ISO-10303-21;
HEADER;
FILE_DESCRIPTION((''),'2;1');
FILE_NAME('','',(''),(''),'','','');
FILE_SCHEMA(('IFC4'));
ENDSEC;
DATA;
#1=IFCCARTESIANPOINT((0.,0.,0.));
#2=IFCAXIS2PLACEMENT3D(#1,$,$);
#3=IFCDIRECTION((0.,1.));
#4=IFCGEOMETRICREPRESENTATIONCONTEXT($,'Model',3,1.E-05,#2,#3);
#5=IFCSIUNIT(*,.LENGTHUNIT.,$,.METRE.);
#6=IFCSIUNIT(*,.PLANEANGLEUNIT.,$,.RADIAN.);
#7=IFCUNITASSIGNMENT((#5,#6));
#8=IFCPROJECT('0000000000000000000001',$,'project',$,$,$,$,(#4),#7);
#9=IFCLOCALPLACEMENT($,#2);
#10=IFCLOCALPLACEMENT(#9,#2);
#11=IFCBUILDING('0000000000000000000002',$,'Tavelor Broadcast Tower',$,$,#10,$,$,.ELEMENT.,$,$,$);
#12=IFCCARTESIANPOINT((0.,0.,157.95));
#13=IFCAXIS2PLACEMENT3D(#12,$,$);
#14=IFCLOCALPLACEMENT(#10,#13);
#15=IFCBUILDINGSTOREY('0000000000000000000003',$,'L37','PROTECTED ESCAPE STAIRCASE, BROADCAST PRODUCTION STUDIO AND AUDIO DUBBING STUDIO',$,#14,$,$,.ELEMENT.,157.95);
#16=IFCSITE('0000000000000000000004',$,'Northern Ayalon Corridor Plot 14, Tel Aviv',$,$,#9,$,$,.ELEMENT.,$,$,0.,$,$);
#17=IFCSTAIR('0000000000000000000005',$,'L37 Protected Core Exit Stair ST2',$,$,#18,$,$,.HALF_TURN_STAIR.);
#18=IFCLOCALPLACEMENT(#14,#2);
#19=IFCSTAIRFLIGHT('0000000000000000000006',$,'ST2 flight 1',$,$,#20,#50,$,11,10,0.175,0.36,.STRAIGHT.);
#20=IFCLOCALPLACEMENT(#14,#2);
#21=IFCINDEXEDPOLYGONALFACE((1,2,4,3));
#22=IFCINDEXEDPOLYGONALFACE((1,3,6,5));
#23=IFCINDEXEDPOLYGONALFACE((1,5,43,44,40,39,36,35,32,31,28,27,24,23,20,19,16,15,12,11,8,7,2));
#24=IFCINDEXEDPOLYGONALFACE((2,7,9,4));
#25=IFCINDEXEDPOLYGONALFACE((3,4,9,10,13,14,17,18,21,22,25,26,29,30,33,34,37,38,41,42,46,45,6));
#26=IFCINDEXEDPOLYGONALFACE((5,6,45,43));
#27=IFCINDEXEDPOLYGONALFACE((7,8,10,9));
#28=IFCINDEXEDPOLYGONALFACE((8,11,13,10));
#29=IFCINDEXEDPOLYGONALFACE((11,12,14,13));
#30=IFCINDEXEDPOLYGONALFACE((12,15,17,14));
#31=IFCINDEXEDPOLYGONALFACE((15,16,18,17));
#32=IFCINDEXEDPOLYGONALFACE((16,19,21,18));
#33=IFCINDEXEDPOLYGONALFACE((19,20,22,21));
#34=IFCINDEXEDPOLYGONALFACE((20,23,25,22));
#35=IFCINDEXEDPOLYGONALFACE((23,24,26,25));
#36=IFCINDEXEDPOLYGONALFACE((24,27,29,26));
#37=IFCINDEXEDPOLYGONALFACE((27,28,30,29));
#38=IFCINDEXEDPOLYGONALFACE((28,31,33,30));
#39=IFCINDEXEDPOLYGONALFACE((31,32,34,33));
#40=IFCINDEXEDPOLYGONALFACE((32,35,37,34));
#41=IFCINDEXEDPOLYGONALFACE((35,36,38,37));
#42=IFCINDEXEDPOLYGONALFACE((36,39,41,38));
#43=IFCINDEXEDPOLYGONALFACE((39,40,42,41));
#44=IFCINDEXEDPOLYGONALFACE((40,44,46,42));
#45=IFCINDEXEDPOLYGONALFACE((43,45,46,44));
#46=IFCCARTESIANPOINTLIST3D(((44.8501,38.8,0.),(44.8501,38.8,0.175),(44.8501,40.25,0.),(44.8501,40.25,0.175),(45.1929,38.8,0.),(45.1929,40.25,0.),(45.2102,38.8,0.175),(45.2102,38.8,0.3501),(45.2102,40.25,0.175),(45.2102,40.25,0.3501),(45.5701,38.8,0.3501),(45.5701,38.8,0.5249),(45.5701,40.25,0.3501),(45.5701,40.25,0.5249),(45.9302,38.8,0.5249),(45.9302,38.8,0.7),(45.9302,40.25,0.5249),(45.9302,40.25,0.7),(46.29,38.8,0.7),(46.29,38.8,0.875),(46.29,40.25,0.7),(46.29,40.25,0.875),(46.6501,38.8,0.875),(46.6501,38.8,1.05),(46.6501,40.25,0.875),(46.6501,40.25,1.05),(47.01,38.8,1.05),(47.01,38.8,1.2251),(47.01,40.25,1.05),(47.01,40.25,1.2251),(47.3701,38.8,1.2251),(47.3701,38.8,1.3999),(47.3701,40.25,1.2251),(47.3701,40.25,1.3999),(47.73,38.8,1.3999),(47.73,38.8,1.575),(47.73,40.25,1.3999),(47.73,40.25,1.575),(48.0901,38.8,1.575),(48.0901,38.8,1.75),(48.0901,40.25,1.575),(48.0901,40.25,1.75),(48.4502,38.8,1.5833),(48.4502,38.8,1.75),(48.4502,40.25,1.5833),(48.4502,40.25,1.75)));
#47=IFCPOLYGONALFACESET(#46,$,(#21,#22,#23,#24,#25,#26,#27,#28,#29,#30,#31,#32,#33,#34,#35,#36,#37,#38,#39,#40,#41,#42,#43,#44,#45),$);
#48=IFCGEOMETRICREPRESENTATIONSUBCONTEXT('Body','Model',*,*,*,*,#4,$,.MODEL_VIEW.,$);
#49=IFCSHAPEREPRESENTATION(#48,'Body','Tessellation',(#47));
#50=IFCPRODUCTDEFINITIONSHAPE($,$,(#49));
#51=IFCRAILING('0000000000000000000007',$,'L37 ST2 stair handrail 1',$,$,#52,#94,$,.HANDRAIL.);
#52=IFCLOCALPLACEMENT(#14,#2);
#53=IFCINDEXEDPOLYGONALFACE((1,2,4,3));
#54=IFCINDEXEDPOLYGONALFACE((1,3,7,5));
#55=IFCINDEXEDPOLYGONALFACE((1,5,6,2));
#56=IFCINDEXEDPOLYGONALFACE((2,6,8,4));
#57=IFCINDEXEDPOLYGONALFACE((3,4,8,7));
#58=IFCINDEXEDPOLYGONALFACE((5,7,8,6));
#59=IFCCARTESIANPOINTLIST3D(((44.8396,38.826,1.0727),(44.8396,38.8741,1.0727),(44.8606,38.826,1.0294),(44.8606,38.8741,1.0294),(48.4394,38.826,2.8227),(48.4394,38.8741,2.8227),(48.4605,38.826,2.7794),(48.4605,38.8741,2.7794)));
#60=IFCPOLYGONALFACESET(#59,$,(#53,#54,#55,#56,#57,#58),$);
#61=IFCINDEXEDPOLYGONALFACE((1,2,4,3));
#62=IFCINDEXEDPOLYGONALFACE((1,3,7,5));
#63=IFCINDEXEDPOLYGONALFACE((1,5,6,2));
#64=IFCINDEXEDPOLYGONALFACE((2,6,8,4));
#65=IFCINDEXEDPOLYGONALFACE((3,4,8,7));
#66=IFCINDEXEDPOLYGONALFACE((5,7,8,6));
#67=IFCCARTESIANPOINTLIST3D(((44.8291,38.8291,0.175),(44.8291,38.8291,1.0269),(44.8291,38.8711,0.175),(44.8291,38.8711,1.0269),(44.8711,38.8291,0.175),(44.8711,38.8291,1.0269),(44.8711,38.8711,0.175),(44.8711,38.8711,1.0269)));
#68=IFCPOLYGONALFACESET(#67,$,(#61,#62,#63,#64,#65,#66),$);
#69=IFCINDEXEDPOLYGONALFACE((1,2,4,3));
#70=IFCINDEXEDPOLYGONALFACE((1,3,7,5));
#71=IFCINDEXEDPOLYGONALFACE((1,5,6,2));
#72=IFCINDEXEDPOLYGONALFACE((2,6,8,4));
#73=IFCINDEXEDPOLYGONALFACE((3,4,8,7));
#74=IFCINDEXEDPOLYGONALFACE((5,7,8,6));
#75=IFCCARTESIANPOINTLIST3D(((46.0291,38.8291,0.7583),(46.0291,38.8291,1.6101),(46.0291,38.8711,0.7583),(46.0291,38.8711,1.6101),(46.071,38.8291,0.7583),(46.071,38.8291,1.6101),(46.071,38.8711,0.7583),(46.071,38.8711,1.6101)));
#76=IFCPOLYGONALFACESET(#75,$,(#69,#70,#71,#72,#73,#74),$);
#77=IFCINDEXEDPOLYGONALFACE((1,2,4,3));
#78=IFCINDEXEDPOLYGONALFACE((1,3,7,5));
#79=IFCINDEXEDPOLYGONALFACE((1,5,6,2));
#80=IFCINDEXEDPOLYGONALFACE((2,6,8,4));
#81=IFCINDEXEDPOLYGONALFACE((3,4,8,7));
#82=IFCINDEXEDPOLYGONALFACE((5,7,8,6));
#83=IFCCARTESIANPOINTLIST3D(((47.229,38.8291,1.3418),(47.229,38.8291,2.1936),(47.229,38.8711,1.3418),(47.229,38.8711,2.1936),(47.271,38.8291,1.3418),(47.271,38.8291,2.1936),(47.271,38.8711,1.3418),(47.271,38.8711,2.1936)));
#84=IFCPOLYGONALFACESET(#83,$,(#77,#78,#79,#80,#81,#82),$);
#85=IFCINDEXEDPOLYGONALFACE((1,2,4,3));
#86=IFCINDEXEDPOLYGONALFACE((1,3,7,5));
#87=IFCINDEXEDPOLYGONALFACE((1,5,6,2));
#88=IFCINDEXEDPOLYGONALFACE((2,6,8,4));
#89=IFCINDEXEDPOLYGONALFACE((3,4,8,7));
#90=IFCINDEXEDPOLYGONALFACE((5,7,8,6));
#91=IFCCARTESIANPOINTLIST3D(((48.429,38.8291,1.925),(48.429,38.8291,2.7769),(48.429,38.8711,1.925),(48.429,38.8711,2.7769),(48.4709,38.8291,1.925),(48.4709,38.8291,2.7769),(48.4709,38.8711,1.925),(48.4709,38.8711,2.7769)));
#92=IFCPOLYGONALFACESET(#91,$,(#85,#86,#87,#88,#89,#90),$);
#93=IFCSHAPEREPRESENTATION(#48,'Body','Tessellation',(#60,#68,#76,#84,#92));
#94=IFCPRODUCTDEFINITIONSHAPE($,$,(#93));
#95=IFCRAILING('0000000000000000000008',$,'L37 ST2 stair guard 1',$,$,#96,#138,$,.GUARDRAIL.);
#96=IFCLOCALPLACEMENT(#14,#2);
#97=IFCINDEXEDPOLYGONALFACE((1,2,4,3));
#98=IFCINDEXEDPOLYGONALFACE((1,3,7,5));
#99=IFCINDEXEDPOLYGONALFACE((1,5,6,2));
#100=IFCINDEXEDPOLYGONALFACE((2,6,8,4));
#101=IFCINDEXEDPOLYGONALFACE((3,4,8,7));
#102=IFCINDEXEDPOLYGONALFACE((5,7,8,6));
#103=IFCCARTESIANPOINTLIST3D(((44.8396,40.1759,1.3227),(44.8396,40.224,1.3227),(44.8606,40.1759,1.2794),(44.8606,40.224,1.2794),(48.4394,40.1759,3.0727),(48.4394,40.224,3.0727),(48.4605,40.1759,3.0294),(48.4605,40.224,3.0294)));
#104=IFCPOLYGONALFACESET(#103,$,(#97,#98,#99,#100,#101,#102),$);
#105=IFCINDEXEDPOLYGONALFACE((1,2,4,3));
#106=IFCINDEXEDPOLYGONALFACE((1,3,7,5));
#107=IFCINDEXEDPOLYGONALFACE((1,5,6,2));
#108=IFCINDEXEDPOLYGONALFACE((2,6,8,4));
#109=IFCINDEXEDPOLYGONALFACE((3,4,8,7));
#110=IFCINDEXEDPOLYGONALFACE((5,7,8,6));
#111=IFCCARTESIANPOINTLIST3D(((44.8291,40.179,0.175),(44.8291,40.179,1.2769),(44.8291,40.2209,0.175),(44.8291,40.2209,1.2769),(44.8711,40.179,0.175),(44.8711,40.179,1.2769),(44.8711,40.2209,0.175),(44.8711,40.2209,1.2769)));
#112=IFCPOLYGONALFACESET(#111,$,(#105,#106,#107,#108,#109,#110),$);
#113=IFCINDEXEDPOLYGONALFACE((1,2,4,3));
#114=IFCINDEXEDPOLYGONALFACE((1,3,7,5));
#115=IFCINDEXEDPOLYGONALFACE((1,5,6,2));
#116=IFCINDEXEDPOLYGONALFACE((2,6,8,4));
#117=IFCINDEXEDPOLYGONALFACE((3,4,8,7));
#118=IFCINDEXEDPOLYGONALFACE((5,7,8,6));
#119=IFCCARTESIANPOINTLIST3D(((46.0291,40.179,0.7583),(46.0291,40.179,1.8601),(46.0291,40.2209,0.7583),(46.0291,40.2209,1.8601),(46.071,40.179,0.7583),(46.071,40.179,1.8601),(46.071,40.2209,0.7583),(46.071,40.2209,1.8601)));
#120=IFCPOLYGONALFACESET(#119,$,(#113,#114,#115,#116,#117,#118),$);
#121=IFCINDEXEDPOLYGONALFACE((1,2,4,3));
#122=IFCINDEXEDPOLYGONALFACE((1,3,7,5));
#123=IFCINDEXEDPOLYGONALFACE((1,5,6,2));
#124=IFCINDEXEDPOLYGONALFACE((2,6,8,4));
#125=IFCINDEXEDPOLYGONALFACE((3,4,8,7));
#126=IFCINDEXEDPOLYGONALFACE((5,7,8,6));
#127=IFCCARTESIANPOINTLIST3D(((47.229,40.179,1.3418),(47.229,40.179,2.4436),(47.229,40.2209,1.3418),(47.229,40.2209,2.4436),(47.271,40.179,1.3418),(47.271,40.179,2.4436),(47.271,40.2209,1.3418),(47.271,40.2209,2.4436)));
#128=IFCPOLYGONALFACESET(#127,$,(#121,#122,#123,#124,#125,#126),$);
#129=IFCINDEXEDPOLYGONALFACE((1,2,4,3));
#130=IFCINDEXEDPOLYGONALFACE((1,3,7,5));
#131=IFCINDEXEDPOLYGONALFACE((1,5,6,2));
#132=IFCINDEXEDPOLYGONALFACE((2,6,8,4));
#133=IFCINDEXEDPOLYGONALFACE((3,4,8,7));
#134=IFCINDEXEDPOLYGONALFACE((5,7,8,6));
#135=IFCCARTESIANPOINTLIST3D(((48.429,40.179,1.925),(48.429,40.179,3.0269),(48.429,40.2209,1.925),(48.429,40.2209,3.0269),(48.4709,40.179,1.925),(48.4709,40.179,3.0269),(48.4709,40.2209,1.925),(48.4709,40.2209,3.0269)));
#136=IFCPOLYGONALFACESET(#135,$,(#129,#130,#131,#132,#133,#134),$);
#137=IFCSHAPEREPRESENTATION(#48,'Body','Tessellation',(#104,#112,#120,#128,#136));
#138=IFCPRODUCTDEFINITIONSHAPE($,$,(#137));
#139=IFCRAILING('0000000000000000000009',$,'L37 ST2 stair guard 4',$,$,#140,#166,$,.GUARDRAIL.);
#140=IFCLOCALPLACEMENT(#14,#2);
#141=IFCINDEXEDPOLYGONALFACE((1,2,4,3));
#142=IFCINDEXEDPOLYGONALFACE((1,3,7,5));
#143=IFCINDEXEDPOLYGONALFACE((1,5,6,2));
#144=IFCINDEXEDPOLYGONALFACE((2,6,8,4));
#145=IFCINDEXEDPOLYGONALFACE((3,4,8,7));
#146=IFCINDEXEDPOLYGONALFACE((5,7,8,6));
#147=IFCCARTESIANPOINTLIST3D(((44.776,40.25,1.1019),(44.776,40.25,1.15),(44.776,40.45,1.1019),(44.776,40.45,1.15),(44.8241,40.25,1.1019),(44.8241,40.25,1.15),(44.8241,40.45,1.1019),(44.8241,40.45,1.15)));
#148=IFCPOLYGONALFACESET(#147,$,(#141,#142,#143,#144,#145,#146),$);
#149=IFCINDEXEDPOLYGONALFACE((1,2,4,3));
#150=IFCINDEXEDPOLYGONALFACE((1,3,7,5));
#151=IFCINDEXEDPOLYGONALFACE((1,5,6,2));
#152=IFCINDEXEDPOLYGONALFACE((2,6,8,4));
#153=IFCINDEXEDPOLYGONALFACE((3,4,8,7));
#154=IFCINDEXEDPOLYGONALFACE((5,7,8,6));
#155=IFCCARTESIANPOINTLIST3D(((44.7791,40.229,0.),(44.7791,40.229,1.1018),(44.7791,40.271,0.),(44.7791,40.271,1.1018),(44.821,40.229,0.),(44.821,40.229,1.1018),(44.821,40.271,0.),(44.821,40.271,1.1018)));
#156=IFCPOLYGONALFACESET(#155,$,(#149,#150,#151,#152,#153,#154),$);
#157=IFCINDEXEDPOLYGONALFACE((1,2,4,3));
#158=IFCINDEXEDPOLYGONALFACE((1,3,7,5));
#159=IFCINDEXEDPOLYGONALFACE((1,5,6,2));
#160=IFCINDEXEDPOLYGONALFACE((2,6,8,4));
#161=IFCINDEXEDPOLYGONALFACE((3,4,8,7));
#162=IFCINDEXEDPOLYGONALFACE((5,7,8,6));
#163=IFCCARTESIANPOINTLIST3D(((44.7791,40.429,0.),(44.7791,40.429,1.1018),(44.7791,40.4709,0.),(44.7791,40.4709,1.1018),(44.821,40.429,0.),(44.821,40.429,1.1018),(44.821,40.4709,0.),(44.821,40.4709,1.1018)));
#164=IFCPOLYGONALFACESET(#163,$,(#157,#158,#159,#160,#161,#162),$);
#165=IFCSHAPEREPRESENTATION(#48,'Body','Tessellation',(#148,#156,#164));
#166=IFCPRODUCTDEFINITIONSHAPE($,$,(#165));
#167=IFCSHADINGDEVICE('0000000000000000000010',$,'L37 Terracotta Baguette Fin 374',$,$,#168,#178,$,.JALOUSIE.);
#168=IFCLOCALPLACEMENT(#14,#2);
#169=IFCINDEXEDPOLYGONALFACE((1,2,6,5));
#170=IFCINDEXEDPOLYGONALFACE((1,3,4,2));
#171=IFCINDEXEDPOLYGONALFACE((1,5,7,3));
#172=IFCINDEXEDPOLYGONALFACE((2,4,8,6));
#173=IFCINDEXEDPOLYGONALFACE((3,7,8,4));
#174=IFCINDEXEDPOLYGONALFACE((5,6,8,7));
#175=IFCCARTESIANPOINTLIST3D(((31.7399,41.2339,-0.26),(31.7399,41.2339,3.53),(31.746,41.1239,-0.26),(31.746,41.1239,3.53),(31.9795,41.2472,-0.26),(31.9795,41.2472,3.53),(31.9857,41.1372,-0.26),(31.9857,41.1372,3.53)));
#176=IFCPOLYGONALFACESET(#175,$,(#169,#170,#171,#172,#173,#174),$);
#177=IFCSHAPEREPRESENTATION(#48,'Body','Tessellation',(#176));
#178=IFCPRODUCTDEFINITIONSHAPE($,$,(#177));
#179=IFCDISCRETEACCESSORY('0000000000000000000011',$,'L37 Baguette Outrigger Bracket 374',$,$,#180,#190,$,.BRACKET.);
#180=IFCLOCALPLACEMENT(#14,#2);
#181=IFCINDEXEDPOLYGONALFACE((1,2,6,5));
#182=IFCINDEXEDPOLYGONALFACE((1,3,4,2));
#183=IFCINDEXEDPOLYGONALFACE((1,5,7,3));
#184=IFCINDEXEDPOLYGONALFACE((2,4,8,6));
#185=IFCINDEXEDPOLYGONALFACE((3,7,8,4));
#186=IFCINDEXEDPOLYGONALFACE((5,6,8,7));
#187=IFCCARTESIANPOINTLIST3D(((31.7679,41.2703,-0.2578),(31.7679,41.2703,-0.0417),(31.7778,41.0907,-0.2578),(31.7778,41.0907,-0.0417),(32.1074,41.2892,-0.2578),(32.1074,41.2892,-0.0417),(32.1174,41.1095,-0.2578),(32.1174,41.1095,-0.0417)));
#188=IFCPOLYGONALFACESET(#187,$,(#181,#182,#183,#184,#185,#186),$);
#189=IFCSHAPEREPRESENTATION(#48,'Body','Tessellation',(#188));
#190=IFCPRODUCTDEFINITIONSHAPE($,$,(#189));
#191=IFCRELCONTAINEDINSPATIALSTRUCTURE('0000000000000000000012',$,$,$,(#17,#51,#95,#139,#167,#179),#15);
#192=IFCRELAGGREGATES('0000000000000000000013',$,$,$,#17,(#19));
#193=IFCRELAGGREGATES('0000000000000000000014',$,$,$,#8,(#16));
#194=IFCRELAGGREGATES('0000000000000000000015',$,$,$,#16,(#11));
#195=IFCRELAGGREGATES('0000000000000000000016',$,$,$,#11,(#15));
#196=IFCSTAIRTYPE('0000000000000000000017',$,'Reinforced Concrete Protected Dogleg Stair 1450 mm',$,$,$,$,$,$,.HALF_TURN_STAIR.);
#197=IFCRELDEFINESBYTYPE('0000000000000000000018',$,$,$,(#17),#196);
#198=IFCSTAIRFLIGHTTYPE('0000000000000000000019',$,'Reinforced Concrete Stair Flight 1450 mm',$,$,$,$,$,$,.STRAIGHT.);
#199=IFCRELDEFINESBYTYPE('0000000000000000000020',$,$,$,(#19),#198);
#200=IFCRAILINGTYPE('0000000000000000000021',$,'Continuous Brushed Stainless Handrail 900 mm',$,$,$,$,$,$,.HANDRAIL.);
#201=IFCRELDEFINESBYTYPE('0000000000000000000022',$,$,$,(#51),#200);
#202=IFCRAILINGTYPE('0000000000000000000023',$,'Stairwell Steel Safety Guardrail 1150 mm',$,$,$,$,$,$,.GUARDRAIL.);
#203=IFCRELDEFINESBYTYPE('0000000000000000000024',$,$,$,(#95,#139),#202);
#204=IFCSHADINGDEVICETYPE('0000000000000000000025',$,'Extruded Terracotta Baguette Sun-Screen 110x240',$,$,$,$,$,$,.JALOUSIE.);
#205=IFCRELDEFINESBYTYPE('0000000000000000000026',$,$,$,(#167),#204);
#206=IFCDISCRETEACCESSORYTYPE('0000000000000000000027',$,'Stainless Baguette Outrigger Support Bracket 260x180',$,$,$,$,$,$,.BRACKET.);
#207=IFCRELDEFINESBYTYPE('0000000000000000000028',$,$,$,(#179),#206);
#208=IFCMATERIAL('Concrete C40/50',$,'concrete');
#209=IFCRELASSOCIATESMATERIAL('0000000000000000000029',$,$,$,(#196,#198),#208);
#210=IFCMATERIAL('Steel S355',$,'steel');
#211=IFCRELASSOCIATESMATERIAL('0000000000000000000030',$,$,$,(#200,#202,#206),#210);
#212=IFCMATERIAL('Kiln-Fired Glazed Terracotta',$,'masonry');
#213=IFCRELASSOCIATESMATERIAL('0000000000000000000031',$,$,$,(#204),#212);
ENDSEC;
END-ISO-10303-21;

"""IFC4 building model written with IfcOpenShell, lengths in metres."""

from ifc_helpers import new_model, si_unit, direction, frame, origin, origin_2d, place, context, subcontext, project, spatial, polyline, rectangle, outline, extrude, source, transform, mapped, material, type_object, type_shapes, element, aggregate, save


model = new_model("IFC4")

# Units and contexts
model_context = context("Model", 3, precision=1e-05, world=origin(), true_north=direction((0.0, 1.0)))
body_context = subcontext(model_context, "Body", "Model", "MODEL_VIEW")
ifc_project = project(units=[si_unit("LENGTHUNIT", "METRE"), si_unit("PLANEANGLEUNIT", "RADIAN")], contexts=[model_context])

# Site, building, storey
site_placement = place(None, origin())
site = spatial("IfcSite", under=ifc_project, at=site_placement, Name="Northern Ayalon Corridor Plot 14, Tel Aviv", CompositionType="ELEMENT", RefElevation=0.0)
building_placement = place(site_placement, origin())
building = spatial("IfcBuilding", under=site, at=building_placement, Name="Tavelor Broadcast Tower", CompositionType="ELEMENT")
storey_placement = place(building_placement, frame((0.0, 0.0, 157.95)))
storey = spatial("IfcBuildingStorey", under=building, at=storey_placement, Name="L37", Description="PROTECTED ESCAPE STAIRCASE, BROADCAST PRODUCTION STUDIO AND AUDIO DUBBING STUDIO", CompositionType="ELEMENT", Elevation=157.95)

# Shared definitions
ifc_material_1 = material(Name="Concrete C40/50", Category="concrete")
ifc_material_2 = material(Name="Steel S355", Category="steel")

# Stair, stair flight
stair_type = type_object("IfcStairType", Name="Reinforced Concrete Protected Dogleg Stair 1450 mm", PredefinedType="HALF_TURN_STAIR", material=ifc_material_1)
stair_placement = place(storey_placement, origin())
stair = element("IfcStair", 1, at=stair_placement, inside=storey, type_object=stair_type, Name="L37 Protected Core Exit Stair ST2", PredefinedType="HALF_TURN_STAIR")
stair_flight_type = type_object("IfcStairFlightType", Name="Reinforced Concrete Stair Flight 1450 mm", PredefinedType="STRAIGHT", material=ifc_material_1)
stair_flight_placement = place(storey_placement, frame((44.8501, 39.5249, 0.0), z_axis=(0.0, 0.0, 1.0), x_axis=(1.0, 0.0, 0.0)))
stair_flight = element("IfcStairFlight", 2, at=stair_flight_placement, type_object=stair_flight_type, Name="ST2 flight 1", NumberOfRisers=11, NumberOfTreads=10, PredefinedType="STRAIGHT", RiserHeight=0.175, TreadLength=0.36, context=body_context, shape_type="SweptSolid", body=[
    extrude(outline(polyline([(0.0, 0.0), (0.0, 0.175), (0.3601, 0.175), (0.3601, 0.3501), (0.72, 0.3501), (0.72, 0.5249), (1.0801, 0.5249), (1.0801, 0.7), (1.4399, 0.7), (1.4399, 0.875), (1.8, 0.875), (1.8, 1.05), (2.1599, 1.05), (2.1599, 1.2251), (2.52, 1.2251), (2.52, 1.3999), (2.8799, 1.3999), (2.8799, 1.575), (3.24, 1.575), (3.24, 1.75), (3.6001, 1.75), (3.6001, 1.925), (3.6001, 1.5833), (0.3428, 0.0), (0.0, 0.0)])), frame((0.0, 0.7251, 0.0), z_axis=(0.0, -1.0, 0.0), x_axis=(1.0, 0.0, 0.0)), (0.0, 0.0, 1.0), 1.45),
])
aggregate(stair, [stair_flight])

# Railings
railing_type_1 = type_object("IfcRailingType", Name="Continuous Brushed Stainless Handrail 900 mm", PredefinedType="HANDRAIL", material=ifc_material_2)
railing_1_placement = place(storey_placement, frame((44.8501, 38.8501, 0.175)))
element("IfcRailing", 3, at=railing_1_placement, inside=storey, type_object=railing_type_1, Name="L37 ST2 stair handrail 1", PredefinedType="HANDRAIL", context=body_context, shape_type="SweptSolid", body=[
    extrude(rectangle(XDim=0.0481, YDim=0.0481, at=origin_2d()), frame((0.0, 0.0, 0.876), z_axis=(0.899361, 0.0, 0.437207), x_axis=(0.0, 1.0, 0.0)), (0.0, 0.0, 1.0), 4.0027),
    extrude(rectangle(XDim=0.042, YDim=0.042, at=origin_2d()), origin(), (0.0, 0.0, 1.0), 0.8518),
    extrude(rectangle(XDim=0.042, YDim=0.042, at=origin_2d()), frame((1.2, 0.0, 0.5833)), (0.0, 0.0, 1.0), 0.8518),
    extrude(rectangle(XDim=0.042, YDim=0.042, at=origin_2d()), frame((2.3999, 0.0, 1.1667)), (0.0, 0.0, 1.0), 0.8518),
    extrude(rectangle(XDim=0.042, YDim=0.042, at=origin_2d()), frame((3.5999, 0.0, 1.75)), (0.0, 0.0, 1.0), 0.8518),
])
railing_type_2 = type_object("IfcRailingType", Name="Stairwell Steel Safety Guardrail 1150 mm", PredefinedType="GUARDRAIL", material=ifc_material_2)
railing_2_placement = place(storey_placement, frame((44.8501, 40.2, 0.175)))
element("IfcRailing", 4, at=railing_2_placement, inside=storey, type_object=railing_type_2, Name="L37 ST2 stair guard 1", PredefinedType="GUARDRAIL", context=body_context, shape_type="SweptSolid", body=[
    extrude(rectangle(XDim=0.0481, YDim=0.0481, at=origin_2d()), frame((0.0, 0.0, 1.126), z_axis=(0.899361, 0.0, 0.437207), x_axis=(0.0, 1.0, 0.0)), (0.0, 0.0, 1.0), 4.0027),
    extrude(rectangle(XDim=0.042, YDim=0.042, at=origin_2d()), origin(), (0.0, 0.0, 1.0), 1.1018),
    extrude(rectangle(XDim=0.042, YDim=0.042, at=origin_2d()), frame((1.2, 0.0, 0.5833)), (0.0, 0.0, 1.0), 1.1018),
    extrude(rectangle(XDim=0.042, YDim=0.042, at=origin_2d()), frame((2.3999, 0.0, 1.1667)), (0.0, 0.0, 1.0), 1.1018),
    extrude(rectangle(XDim=0.042, YDim=0.042, at=origin_2d()), frame((3.5999, 0.0, 1.75)), (0.0, 0.0, 1.0), 1.1018),
])
railing_3_placement = place(storey_placement, frame((44.8, 40.25, 0.0)))
element("IfcRailing", 5, at=railing_3_placement, inside=storey, type_object=railing_type_2, Name="L37 ST2 stair guard 4", PredefinedType="GUARDRAIL", context=body_context, shape_type="SweptSolid", body=[
    extrude(rectangle(XDim=0.0481, YDim=0.0481, at=origin_2d()), frame((0.0, 0.0, 1.126), z_axis=(0.0, 1.0, 0.0), x_axis=(-1.0, 0.0, 0.0)), (0.0, 0.0, 1.0), 0.2),
    extrude(rectangle(XDim=0.042, YDim=0.042, at=origin_2d()), origin(), (0.0, 0.0, 1.0), 1.1018),
    extrude(rectangle(XDim=0.042, YDim=0.042, at=origin_2d()), frame((0.0, 0.2, 0.0)), (0.0, 0.0, 1.0), 1.1018),
])

# Shading device
ifc_material_3 = material(Name="Kiln-Fired Glazed Terracotta", Category="masonry")
shading_device_type = type_object("IfcShadingDeviceType", Name="Extruded Terracotta Baguette Sun-Screen 110x240", PredefinedType="JALOUSIE", material=ifc_material_3)
shared_shape_1 = source(origin(), body_context, "Body", "SweptSolid", [
    extrude(rectangle(XDim=0.1101, YDim=0.24, at=origin_2d()), origin(), (0.0, 0.0, 1.0), 3.79),
])
type_shapes(shading_device_type, [shared_shape_1])
shading_device_placement = place(storey_placement, frame((31.8628, 41.1855, -0.26), z_axis=(0.0, 0.0, 1.0), x_axis=(0.055473, -0.99846, 0.0)))
element("IfcShadingDevice", 6, at=shading_device_placement, inside=storey, type_object=shading_device_type, Name="L37 Terracotta Baguette Fin 374", PredefinedType="JALOUSIE", context=body_context, shape_type="MappedRepresentation", body=[
    mapped(shared_shape_1, transform((0.0, 0.0, 0.0), scale=1.0)),
])

# Discrete accessory
discrete_accessory_type = type_object("IfcDiscreteAccessoryType", Name="Stainless Baguette Outrigger Support Bracket 260x180", PredefinedType="BRACKET", material=ifc_material_2)
shared_shape_2 = source(origin(), body_context, "Body", "SweptSolid", [
    extrude(rectangle(XDim=0.1799, YDim=0.3401, at=origin_2d()), origin(), (0.0, 0.0, 1.0), 0.2161),
])
type_shapes(discrete_accessory_type, [shared_shape_2])
discrete_accessory_placement = place(storey_placement, frame((31.9426, 41.1899, -0.2578), z_axis=(0.0, 0.0, 1.0), x_axis=(0.055473, -0.99846, 0.0)))
element("IfcDiscreteAccessory", 7, at=discrete_accessory_placement, inside=storey, type_object=discrete_accessory_type, Name="L37 Baguette Outrigger Bracket 374", PredefinedType="BRACKET", context=body_context, shape_type="MappedRepresentation", body=[
    mapped(shared_shape_2, transform((0.0, 0.0, 0.0), scale=1.0)),
])

save(model, "model.ifc")
